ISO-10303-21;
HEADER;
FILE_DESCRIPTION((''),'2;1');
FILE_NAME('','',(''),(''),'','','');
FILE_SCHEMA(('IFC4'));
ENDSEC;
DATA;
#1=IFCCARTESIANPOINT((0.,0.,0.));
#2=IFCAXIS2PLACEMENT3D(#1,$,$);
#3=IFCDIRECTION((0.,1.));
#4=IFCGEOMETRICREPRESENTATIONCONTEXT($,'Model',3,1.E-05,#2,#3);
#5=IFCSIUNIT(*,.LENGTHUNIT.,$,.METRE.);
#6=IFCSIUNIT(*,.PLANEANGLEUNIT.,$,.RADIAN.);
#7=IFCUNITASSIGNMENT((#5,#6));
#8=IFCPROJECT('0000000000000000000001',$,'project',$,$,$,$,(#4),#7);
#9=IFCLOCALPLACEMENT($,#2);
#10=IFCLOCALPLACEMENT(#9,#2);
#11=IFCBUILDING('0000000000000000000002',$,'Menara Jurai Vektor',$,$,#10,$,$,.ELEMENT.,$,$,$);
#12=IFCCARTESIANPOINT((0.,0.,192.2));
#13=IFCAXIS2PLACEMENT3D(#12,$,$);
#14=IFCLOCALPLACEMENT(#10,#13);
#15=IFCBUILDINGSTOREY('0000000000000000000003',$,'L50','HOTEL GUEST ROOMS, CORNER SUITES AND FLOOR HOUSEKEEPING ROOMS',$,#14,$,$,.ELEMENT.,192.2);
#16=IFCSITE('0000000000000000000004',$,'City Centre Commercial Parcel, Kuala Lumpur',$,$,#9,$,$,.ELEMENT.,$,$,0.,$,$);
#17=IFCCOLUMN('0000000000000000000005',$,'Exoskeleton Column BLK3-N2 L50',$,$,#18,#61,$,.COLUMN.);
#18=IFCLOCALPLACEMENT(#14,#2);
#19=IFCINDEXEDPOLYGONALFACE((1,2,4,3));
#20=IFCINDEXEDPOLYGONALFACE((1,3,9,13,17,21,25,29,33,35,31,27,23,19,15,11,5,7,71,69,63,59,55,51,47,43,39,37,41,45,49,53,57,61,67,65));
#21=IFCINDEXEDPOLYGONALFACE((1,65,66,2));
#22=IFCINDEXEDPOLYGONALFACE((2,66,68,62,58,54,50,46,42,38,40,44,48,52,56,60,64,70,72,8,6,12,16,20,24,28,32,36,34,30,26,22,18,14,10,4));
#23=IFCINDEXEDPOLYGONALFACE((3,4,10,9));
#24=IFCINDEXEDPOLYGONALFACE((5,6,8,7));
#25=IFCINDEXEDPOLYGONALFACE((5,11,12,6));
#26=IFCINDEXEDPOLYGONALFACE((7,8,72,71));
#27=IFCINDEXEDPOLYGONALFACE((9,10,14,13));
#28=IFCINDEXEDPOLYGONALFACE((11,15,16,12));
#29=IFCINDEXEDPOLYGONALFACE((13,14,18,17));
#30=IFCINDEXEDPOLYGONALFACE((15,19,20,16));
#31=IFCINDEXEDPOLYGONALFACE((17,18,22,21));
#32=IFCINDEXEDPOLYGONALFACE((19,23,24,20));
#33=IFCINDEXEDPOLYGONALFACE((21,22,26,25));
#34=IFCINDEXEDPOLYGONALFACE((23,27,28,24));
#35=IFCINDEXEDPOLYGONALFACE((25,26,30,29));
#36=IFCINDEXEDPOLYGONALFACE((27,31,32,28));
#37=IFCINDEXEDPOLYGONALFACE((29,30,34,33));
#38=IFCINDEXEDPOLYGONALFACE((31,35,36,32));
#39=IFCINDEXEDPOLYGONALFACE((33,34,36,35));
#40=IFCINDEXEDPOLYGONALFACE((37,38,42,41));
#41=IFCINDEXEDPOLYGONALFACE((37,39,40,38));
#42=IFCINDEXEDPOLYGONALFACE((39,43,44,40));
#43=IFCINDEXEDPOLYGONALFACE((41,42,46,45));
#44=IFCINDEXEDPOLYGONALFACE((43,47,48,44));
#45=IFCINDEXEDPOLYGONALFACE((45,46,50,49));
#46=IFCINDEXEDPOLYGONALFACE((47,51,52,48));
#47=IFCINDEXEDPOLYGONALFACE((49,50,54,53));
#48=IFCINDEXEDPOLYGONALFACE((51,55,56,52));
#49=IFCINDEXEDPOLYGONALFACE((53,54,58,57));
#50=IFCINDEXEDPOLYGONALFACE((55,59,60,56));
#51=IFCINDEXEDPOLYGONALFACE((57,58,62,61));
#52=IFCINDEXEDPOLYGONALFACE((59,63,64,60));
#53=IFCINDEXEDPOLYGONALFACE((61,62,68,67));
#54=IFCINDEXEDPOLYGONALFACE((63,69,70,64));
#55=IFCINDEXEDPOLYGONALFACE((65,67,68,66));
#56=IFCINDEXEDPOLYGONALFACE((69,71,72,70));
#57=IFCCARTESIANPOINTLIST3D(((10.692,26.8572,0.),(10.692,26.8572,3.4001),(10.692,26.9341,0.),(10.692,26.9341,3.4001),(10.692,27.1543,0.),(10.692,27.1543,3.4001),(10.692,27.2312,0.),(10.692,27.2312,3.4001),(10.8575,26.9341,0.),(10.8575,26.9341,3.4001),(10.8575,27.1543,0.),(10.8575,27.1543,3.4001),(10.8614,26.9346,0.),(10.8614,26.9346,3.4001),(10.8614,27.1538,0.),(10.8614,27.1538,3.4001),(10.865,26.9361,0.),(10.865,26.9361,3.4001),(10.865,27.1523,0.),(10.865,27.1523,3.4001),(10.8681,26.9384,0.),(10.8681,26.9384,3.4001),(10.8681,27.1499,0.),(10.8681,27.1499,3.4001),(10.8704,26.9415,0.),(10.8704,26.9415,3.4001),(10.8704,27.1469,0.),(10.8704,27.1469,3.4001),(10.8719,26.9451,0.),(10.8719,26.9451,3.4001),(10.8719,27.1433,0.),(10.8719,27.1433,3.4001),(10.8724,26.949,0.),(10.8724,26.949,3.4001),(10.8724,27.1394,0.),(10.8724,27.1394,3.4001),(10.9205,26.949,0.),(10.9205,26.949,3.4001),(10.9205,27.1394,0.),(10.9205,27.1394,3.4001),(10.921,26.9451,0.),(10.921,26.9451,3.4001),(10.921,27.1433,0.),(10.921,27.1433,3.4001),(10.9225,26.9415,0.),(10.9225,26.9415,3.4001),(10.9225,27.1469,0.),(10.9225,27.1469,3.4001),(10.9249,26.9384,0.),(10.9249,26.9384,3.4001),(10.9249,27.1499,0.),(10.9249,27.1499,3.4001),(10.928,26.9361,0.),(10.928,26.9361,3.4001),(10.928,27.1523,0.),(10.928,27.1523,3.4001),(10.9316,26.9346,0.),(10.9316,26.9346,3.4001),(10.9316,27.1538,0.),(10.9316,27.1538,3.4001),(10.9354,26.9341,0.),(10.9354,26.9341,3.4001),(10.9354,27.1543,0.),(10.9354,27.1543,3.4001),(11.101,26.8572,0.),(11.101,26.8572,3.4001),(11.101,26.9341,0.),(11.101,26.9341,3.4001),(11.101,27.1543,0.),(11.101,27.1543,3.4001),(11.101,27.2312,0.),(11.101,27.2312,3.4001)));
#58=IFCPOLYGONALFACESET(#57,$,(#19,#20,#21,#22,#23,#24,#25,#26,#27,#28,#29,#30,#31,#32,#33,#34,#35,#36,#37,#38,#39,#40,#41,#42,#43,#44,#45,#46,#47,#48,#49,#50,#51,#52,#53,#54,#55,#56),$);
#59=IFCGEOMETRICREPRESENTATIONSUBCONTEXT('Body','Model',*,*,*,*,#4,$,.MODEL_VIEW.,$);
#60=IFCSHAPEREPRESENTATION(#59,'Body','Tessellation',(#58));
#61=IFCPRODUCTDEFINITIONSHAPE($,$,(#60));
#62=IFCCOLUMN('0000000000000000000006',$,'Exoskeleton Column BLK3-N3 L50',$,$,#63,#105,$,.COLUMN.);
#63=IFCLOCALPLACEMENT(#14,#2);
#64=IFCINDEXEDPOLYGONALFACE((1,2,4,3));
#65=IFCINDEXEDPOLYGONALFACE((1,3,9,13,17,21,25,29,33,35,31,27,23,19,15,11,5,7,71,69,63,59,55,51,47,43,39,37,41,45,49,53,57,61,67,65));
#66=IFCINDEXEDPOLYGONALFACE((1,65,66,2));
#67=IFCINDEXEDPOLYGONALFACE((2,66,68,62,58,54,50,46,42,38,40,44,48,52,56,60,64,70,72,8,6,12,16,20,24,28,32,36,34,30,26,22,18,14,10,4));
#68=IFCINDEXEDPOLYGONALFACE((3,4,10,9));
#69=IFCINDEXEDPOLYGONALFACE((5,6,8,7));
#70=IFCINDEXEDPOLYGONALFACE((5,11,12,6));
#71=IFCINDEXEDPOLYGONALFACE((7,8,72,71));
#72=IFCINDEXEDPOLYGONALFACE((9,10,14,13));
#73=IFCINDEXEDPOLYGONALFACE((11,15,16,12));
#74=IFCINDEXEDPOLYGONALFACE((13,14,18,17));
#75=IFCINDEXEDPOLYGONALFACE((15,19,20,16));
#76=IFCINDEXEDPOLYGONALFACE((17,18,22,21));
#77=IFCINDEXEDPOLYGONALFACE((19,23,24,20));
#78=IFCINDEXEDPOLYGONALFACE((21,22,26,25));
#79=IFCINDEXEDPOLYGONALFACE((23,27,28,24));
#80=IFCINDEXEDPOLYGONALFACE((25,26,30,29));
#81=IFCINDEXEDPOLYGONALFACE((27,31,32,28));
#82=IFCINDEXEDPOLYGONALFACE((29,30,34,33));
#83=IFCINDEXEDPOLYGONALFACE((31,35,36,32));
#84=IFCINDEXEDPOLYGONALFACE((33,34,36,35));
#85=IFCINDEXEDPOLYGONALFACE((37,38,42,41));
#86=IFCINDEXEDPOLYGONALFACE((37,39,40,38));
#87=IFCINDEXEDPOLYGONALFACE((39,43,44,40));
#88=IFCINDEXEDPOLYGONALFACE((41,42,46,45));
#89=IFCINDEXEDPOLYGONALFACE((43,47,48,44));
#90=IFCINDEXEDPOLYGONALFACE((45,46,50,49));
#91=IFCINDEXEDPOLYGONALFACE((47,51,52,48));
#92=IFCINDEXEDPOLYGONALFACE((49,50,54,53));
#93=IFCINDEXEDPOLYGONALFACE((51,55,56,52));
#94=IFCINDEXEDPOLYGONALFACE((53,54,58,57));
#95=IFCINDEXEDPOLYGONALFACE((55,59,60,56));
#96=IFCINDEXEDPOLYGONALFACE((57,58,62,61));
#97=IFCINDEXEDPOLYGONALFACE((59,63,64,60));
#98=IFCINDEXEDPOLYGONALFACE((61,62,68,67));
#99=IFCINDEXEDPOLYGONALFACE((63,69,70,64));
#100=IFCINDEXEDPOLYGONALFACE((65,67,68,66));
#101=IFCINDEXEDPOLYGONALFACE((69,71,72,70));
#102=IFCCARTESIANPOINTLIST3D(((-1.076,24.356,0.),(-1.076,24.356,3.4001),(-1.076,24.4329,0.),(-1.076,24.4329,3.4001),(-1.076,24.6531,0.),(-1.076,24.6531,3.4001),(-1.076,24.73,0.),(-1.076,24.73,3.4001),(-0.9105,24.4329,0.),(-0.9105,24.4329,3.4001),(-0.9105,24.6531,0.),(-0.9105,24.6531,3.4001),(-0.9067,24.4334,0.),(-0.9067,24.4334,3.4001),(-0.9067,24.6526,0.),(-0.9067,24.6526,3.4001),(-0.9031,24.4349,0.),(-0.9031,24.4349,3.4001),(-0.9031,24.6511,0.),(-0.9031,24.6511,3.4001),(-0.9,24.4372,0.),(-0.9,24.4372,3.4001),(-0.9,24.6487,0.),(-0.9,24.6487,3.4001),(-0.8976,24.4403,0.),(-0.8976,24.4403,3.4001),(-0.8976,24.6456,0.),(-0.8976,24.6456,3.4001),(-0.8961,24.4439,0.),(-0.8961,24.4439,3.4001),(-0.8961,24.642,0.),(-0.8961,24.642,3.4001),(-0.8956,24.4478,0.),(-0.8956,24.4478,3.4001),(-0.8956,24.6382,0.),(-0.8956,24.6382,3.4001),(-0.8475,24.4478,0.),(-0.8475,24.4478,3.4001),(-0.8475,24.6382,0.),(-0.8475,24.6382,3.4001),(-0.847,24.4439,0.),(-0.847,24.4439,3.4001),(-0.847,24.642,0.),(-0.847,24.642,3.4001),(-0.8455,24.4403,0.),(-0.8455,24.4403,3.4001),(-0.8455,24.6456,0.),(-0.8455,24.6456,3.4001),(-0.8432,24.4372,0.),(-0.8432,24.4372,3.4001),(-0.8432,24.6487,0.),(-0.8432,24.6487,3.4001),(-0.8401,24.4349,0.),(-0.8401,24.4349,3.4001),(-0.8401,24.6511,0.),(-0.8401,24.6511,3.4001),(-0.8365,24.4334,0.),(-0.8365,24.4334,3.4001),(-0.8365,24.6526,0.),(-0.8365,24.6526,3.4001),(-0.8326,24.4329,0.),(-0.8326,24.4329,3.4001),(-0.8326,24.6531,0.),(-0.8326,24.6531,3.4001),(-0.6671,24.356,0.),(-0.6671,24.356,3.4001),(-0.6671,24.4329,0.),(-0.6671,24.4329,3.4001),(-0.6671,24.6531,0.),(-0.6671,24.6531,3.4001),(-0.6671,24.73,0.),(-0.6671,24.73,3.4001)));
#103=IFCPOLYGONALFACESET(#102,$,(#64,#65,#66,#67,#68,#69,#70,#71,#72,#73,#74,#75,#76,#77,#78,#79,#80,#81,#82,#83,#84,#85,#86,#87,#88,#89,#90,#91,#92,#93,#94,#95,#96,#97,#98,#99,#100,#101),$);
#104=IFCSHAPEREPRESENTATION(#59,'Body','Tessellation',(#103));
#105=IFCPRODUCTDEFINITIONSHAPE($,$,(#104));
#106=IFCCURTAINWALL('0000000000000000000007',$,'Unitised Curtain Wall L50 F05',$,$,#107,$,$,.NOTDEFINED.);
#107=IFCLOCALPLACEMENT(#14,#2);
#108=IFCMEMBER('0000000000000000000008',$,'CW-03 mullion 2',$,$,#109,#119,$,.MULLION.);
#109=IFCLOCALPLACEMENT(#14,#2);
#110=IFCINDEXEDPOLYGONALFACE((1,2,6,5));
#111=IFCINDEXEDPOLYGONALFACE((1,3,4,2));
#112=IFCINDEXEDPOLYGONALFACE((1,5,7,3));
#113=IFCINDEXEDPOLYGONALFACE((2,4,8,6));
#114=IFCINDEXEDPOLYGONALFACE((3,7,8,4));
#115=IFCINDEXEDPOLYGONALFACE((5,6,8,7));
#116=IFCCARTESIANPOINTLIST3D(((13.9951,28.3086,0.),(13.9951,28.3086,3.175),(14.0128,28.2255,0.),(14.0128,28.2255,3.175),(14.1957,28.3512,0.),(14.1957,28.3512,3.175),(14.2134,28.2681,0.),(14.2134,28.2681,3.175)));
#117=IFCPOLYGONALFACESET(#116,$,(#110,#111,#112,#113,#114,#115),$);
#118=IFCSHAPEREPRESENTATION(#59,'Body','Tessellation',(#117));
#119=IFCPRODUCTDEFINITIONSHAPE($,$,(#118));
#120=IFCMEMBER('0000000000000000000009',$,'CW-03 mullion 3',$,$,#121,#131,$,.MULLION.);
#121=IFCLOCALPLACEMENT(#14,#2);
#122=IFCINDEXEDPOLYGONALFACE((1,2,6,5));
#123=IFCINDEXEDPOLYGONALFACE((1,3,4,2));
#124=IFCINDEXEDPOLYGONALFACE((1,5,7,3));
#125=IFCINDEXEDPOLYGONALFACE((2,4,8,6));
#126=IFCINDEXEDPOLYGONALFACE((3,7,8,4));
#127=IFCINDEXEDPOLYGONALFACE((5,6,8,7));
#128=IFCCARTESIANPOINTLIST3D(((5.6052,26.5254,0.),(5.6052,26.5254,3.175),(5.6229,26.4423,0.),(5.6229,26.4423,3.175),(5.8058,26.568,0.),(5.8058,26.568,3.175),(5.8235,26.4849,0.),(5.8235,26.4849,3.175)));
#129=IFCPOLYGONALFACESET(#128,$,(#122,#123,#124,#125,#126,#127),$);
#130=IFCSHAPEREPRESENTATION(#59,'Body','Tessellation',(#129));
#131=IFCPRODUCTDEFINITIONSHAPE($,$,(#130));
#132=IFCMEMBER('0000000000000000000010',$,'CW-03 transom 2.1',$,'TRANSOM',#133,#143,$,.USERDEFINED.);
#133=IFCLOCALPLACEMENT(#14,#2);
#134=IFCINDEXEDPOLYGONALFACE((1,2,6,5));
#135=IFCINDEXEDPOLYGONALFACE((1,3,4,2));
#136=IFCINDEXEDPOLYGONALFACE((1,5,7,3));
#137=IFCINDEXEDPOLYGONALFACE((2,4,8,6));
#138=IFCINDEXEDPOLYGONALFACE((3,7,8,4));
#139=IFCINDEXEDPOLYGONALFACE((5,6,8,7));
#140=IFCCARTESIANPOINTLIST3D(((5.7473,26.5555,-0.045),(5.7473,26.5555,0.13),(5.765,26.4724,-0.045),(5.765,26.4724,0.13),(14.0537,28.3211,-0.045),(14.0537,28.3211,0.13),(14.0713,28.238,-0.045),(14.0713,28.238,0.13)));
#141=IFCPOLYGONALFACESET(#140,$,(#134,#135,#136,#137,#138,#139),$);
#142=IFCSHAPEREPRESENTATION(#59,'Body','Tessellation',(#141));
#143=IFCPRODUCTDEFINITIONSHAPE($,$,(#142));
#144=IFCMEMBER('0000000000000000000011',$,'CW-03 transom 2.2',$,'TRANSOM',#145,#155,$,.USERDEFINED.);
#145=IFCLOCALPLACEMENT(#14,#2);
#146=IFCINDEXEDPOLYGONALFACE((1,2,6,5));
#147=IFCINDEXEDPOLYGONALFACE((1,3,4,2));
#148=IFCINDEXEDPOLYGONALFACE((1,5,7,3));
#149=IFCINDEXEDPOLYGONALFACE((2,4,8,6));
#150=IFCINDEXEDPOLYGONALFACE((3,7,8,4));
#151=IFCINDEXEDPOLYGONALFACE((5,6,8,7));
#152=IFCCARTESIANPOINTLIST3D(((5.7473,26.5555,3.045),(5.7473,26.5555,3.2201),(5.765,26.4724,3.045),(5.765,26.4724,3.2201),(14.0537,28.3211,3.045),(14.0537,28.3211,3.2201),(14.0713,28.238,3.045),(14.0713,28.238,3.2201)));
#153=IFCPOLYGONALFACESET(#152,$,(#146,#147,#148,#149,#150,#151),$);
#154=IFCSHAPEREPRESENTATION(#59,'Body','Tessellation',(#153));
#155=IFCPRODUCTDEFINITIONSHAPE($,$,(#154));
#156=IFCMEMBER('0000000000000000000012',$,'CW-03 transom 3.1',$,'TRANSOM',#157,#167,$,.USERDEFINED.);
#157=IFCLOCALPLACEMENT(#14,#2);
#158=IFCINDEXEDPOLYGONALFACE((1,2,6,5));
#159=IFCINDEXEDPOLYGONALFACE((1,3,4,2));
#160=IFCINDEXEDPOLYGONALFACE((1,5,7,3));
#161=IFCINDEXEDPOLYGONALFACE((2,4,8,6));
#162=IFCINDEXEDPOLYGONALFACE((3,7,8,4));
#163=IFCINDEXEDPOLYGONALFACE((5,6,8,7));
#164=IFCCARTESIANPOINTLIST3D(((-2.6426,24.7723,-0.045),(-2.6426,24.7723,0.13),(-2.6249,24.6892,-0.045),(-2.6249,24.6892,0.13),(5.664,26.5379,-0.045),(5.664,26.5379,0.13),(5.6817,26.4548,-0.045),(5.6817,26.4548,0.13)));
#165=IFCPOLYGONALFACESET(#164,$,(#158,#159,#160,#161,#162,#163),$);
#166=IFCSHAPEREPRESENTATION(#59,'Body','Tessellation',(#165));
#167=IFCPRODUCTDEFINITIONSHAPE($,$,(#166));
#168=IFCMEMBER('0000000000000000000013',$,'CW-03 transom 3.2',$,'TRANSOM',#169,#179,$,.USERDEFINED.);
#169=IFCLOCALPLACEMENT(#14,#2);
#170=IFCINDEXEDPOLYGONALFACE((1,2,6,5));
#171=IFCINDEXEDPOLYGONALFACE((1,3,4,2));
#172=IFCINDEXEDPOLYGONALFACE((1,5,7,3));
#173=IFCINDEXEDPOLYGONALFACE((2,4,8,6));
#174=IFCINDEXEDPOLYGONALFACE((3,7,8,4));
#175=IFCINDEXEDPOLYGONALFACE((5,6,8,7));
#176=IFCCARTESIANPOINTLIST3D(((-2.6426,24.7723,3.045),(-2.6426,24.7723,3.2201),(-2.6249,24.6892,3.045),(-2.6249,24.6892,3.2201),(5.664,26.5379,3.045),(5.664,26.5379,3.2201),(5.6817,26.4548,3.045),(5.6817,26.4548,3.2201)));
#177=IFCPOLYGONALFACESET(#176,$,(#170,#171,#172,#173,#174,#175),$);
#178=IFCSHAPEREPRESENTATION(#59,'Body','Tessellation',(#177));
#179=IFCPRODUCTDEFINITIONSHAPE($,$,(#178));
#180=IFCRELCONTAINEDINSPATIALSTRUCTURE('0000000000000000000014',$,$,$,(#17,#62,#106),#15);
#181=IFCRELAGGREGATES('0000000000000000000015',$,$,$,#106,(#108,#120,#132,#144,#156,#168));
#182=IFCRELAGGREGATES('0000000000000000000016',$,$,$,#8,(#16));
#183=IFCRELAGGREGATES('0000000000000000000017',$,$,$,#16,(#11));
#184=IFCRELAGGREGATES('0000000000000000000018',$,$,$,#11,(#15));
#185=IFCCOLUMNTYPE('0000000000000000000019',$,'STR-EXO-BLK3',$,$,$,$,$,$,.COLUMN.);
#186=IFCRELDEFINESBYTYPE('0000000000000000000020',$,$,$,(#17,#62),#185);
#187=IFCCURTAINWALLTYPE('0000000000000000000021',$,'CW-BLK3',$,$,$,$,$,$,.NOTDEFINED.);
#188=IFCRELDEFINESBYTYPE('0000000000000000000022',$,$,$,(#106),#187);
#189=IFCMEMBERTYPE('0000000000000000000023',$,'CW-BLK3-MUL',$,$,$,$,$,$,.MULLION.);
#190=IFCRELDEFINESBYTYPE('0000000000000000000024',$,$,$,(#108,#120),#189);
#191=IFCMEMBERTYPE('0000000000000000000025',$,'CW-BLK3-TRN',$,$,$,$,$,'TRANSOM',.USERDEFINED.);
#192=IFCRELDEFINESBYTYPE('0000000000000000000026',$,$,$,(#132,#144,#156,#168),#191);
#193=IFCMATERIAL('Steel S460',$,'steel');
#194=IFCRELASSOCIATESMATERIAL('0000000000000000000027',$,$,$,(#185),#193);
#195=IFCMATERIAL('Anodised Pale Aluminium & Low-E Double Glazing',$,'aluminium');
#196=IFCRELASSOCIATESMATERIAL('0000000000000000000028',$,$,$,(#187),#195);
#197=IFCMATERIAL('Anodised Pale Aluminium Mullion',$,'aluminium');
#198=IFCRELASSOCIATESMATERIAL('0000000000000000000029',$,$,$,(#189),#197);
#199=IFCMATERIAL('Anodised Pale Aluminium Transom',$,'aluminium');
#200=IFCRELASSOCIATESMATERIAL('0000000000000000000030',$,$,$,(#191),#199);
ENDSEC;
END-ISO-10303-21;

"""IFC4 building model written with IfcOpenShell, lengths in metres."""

from ifc_helpers import new_model, si_unit, direction, frame, origin, origin_2d, place, context, subcontext, project, spatial, rectangle, i_section, extrude, material, material_profile, profile_set, type_object, element, aggregate, save


model = new_model("IFC4")

# Units and contexts
model_context = context("Model", 3, precision=1e-05, world=origin(), true_north=direction((0.0, 1.0)))
body_context = subcontext(model_context, "Body", "Model", "MODEL_VIEW")
ifc_project = project(units=[si_unit("LENGTHUNIT", "METRE"), si_unit("PLANEANGLEUNIT", "RADIAN")], contexts=[model_context])

# Site, building, storey
site_placement = place(None, origin())
site = spatial("IfcSite", under=ifc_project, at=site_placement, Name="City Centre Commercial Parcel, Kuala Lumpur", CompositionType="ELEMENT", RefElevation=0.0)
building_placement = place(site_placement, origin())
building = spatial("IfcBuilding", under=site, at=building_placement, Name="Menara Jurai Vektor", CompositionType="ELEMENT")
storey_placement = place(building_placement, frame((0.0, 0.0, 192.2)))
storey = spatial("IfcBuildingStorey", under=building, at=storey_placement, Name="L50", Description="HOTEL GUEST ROOMS, CORNER SUITES AND FLOOR HOUSEKEEPING ROOMS", CompositionType="ELEMENT", Elevation=192.2)

# Columns
ifc_material_1 = material(Name="Steel S460", Category="steel")
ifc_material_profile_1 = material_profile(ifc_material_1, i_section(OverallWidth=0.4089, OverallDepth=0.374, WebThickness=0.0481, FlangeThickness=0.0769, FilletRadius=0.0149, at=origin_2d()), Name="HD 400x634")
ifc_profile_set_1 = profile_set([ifc_material_profile_1], Name="Steel S460")
column_type = type_object("IfcColumnType", Name="STR-EXO-BLK3", PredefinedType="COLUMN", material=ifc_profile_set_1)
for number, where, z_axis, x_axis, name in (
    (1, (10.8965, 27.0442, 0.0), (0.0, 0.0, 1.0), (1.0, 0.0, 0.0), "Exoskeleton Column BLK3-N2 L50"),
    (2, (-0.8716, 24.543, 0.0), (0.0, 0.0, 1.0), (1.0, 0.0, 0.0), "Exoskeleton Column BLK3-N3 L50"),
):
    element("IfcColumn", number, at=place(storey_placement, frame(where, z_axis=z_axis, x_axis=x_axis)), inside=storey, type_object=column_type, Name=name, PredefinedType="COLUMN", context=body_context, shape_type="SweptSolid", body=[
        extrude(i_section(OverallWidth=0.4089, OverallDepth=0.374, WebThickness=0.0481, FlangeThickness=0.0769, FilletRadius=0.0149, at=origin_2d()), origin(), (0.0, 0.0, 1.0), 3.4001),
    ])

# Curtain wall, members
ifc_material_2 = material(Name="Anodised Pale Aluminium & Low-E Double Glazing", Category="aluminium")
curtain_wall_type = type_object("IfcCurtainWallType", Name="CW-BLK3", PredefinedType="NOTDEFINED", material=ifc_material_2)
curtain_wall_placement = place(storey_placement, origin())
curtain_wall = element("IfcCurtainWall", 3, at=curtain_wall_placement, inside=storey, type_object=curtain_wall_type, Name="Unitised Curtain Wall L50 F05", PredefinedType="NOTDEFINED")
ifc_material_3 = material(Name="Anodised Pale Aluminium Mullion", Category="aluminium")
ifc_material_profile_2 = material_profile(ifc_material_3, rectangle(XDim=0.085, YDim=0.2051, at=origin_2d()), Name="ALU MUL 85x205")
ifc_profile_set_2 = profile_set([ifc_material_profile_2], Name="Anodised Pale Aluminium Mullion")
member_type_1 = type_object("IfcMemberType", Name="CW-BLK3-MUL", PredefinedType="MULLION", material=ifc_profile_set_2)
member_1_placement = place(storey_placement, frame((14.1042, 28.2883, 0.0), z_axis=(0.0, 0.0, 1.0), x_axis=(0.207911, -0.978148, 0.0)))
member_1 = element("IfcMember", 4, at=member_1_placement, type_object=member_type_1, Name="CW-03 mullion 2", PredefinedType="MULLION", context=body_context, shape_type="SweptSolid", body=[
    extrude(rectangle(XDim=0.085, YDim=0.2051, at=origin_2d()), origin(), (0.0, 0.0, 1.0), 3.175),
])
member_2_placement = place(storey_placement, frame((5.7144, 26.5051, 0.0), z_axis=(0.0, 0.0, 1.0), x_axis=(0.207911, -0.978148, 0.0)))
member_2 = element("IfcMember", 5, at=member_2_placement, type_object=member_type_1, Name="CW-03 mullion 3", PredefinedType="MULLION", context=body_context, shape_type="SweptSolid", body=[
    extrude(rectangle(XDim=0.085, YDim=0.2051, at=origin_2d()), origin(), (0.0, 0.0, 1.0), 3.175),
])
ifc_material_4 = material(Name="Anodised Pale Aluminium Transom", Category="aluminium")
ifc_material_profile_3 = material_profile(ifc_material_4, rectangle(XDim=0.085, YDim=0.175, at=origin_2d()), Name="ALU TRN 85x175")
ifc_profile_set_3 = profile_set([ifc_material_profile_3], Name="Anodised Pale Aluminium Transom")
member_type_2 = type_object("IfcMemberType", Name="CW-BLK3-TRN", ElementType="TRANSOM", PredefinedType="USERDEFINED", material=ifc_profile_set_3)
member_3_placement = place(storey_placement, frame((14.0625, 28.2795, 0.0425), z_axis=(-0.978147, -0.207917, 0.0), x_axis=(0.207917, -0.978147, 0.0)))
member_3 = element("IfcMember", 6, at=member_3_placement, type_object=member_type_2, Name="CW-03 transom 2.1", ObjectType="TRANSOM", PredefinedType="USERDEFINED", context=body_context, shape_type="SweptSolid", body=[
    extrude(rectangle(XDim=0.085, YDim=0.175, at=origin_2d()), origin(), (0.0, 0.0, 1.0), 8.4919),
])
member_4_placement = place(storey_placement, frame((14.0625, 28.2795, 3.1326), z_axis=(-0.978147, -0.207917, 0.0), x_axis=(0.207917, -0.978147, 0.0)))
member_4 = element("IfcMember", 7, at=member_4_placement, type_object=member_type_2, Name="CW-03 transom 2.2", ObjectType="TRANSOM", PredefinedType="USERDEFINED", context=body_context, shape_type="SweptSolid", body=[
    extrude(rectangle(XDim=0.085, YDim=0.175, at=origin_2d()), origin(), (0.0, 0.0, 1.0), 8.4919),
])
member_5_placement = place(storey_placement, frame((5.6729, 26.4963, 0.0425), z_axis=(-0.978148, -0.207911, 0.0), x_axis=(0.207911, -0.978148, 0.0)))
member_5 = element("IfcMember", 8, at=member_5_placement, type_object=member_type_2, Name="CW-03 transom 3.1", ObjectType="TRANSOM", PredefinedType="USERDEFINED", context=body_context, shape_type="SweptSolid", body=[
    extrude(rectangle(XDim=0.085, YDim=0.175, at=origin_2d()), origin(), (0.0, 0.0, 1.0), 8.4922),
])
member_6_placement = place(storey_placement, frame((5.6729, 26.4963, 3.1326), z_axis=(-0.978148, -0.207911, 0.0), x_axis=(0.207911, -0.978148, 0.0)))
member_6 = element("IfcMember", 9, at=member_6_placement, type_object=member_type_2, Name="CW-03 transom 3.2", ObjectType="TRANSOM", PredefinedType="USERDEFINED", context=body_context, shape_type="SweptSolid", body=[
    extrude(rectangle(XDim=0.085, YDim=0.175, at=origin_2d()), origin(), (0.0, 0.0, 1.0), 8.4922),
])

aggregate(curtain_wall, [member_1, member_2, member_3, member_4, member_5, member_6])

save(model, "model.ifc")
